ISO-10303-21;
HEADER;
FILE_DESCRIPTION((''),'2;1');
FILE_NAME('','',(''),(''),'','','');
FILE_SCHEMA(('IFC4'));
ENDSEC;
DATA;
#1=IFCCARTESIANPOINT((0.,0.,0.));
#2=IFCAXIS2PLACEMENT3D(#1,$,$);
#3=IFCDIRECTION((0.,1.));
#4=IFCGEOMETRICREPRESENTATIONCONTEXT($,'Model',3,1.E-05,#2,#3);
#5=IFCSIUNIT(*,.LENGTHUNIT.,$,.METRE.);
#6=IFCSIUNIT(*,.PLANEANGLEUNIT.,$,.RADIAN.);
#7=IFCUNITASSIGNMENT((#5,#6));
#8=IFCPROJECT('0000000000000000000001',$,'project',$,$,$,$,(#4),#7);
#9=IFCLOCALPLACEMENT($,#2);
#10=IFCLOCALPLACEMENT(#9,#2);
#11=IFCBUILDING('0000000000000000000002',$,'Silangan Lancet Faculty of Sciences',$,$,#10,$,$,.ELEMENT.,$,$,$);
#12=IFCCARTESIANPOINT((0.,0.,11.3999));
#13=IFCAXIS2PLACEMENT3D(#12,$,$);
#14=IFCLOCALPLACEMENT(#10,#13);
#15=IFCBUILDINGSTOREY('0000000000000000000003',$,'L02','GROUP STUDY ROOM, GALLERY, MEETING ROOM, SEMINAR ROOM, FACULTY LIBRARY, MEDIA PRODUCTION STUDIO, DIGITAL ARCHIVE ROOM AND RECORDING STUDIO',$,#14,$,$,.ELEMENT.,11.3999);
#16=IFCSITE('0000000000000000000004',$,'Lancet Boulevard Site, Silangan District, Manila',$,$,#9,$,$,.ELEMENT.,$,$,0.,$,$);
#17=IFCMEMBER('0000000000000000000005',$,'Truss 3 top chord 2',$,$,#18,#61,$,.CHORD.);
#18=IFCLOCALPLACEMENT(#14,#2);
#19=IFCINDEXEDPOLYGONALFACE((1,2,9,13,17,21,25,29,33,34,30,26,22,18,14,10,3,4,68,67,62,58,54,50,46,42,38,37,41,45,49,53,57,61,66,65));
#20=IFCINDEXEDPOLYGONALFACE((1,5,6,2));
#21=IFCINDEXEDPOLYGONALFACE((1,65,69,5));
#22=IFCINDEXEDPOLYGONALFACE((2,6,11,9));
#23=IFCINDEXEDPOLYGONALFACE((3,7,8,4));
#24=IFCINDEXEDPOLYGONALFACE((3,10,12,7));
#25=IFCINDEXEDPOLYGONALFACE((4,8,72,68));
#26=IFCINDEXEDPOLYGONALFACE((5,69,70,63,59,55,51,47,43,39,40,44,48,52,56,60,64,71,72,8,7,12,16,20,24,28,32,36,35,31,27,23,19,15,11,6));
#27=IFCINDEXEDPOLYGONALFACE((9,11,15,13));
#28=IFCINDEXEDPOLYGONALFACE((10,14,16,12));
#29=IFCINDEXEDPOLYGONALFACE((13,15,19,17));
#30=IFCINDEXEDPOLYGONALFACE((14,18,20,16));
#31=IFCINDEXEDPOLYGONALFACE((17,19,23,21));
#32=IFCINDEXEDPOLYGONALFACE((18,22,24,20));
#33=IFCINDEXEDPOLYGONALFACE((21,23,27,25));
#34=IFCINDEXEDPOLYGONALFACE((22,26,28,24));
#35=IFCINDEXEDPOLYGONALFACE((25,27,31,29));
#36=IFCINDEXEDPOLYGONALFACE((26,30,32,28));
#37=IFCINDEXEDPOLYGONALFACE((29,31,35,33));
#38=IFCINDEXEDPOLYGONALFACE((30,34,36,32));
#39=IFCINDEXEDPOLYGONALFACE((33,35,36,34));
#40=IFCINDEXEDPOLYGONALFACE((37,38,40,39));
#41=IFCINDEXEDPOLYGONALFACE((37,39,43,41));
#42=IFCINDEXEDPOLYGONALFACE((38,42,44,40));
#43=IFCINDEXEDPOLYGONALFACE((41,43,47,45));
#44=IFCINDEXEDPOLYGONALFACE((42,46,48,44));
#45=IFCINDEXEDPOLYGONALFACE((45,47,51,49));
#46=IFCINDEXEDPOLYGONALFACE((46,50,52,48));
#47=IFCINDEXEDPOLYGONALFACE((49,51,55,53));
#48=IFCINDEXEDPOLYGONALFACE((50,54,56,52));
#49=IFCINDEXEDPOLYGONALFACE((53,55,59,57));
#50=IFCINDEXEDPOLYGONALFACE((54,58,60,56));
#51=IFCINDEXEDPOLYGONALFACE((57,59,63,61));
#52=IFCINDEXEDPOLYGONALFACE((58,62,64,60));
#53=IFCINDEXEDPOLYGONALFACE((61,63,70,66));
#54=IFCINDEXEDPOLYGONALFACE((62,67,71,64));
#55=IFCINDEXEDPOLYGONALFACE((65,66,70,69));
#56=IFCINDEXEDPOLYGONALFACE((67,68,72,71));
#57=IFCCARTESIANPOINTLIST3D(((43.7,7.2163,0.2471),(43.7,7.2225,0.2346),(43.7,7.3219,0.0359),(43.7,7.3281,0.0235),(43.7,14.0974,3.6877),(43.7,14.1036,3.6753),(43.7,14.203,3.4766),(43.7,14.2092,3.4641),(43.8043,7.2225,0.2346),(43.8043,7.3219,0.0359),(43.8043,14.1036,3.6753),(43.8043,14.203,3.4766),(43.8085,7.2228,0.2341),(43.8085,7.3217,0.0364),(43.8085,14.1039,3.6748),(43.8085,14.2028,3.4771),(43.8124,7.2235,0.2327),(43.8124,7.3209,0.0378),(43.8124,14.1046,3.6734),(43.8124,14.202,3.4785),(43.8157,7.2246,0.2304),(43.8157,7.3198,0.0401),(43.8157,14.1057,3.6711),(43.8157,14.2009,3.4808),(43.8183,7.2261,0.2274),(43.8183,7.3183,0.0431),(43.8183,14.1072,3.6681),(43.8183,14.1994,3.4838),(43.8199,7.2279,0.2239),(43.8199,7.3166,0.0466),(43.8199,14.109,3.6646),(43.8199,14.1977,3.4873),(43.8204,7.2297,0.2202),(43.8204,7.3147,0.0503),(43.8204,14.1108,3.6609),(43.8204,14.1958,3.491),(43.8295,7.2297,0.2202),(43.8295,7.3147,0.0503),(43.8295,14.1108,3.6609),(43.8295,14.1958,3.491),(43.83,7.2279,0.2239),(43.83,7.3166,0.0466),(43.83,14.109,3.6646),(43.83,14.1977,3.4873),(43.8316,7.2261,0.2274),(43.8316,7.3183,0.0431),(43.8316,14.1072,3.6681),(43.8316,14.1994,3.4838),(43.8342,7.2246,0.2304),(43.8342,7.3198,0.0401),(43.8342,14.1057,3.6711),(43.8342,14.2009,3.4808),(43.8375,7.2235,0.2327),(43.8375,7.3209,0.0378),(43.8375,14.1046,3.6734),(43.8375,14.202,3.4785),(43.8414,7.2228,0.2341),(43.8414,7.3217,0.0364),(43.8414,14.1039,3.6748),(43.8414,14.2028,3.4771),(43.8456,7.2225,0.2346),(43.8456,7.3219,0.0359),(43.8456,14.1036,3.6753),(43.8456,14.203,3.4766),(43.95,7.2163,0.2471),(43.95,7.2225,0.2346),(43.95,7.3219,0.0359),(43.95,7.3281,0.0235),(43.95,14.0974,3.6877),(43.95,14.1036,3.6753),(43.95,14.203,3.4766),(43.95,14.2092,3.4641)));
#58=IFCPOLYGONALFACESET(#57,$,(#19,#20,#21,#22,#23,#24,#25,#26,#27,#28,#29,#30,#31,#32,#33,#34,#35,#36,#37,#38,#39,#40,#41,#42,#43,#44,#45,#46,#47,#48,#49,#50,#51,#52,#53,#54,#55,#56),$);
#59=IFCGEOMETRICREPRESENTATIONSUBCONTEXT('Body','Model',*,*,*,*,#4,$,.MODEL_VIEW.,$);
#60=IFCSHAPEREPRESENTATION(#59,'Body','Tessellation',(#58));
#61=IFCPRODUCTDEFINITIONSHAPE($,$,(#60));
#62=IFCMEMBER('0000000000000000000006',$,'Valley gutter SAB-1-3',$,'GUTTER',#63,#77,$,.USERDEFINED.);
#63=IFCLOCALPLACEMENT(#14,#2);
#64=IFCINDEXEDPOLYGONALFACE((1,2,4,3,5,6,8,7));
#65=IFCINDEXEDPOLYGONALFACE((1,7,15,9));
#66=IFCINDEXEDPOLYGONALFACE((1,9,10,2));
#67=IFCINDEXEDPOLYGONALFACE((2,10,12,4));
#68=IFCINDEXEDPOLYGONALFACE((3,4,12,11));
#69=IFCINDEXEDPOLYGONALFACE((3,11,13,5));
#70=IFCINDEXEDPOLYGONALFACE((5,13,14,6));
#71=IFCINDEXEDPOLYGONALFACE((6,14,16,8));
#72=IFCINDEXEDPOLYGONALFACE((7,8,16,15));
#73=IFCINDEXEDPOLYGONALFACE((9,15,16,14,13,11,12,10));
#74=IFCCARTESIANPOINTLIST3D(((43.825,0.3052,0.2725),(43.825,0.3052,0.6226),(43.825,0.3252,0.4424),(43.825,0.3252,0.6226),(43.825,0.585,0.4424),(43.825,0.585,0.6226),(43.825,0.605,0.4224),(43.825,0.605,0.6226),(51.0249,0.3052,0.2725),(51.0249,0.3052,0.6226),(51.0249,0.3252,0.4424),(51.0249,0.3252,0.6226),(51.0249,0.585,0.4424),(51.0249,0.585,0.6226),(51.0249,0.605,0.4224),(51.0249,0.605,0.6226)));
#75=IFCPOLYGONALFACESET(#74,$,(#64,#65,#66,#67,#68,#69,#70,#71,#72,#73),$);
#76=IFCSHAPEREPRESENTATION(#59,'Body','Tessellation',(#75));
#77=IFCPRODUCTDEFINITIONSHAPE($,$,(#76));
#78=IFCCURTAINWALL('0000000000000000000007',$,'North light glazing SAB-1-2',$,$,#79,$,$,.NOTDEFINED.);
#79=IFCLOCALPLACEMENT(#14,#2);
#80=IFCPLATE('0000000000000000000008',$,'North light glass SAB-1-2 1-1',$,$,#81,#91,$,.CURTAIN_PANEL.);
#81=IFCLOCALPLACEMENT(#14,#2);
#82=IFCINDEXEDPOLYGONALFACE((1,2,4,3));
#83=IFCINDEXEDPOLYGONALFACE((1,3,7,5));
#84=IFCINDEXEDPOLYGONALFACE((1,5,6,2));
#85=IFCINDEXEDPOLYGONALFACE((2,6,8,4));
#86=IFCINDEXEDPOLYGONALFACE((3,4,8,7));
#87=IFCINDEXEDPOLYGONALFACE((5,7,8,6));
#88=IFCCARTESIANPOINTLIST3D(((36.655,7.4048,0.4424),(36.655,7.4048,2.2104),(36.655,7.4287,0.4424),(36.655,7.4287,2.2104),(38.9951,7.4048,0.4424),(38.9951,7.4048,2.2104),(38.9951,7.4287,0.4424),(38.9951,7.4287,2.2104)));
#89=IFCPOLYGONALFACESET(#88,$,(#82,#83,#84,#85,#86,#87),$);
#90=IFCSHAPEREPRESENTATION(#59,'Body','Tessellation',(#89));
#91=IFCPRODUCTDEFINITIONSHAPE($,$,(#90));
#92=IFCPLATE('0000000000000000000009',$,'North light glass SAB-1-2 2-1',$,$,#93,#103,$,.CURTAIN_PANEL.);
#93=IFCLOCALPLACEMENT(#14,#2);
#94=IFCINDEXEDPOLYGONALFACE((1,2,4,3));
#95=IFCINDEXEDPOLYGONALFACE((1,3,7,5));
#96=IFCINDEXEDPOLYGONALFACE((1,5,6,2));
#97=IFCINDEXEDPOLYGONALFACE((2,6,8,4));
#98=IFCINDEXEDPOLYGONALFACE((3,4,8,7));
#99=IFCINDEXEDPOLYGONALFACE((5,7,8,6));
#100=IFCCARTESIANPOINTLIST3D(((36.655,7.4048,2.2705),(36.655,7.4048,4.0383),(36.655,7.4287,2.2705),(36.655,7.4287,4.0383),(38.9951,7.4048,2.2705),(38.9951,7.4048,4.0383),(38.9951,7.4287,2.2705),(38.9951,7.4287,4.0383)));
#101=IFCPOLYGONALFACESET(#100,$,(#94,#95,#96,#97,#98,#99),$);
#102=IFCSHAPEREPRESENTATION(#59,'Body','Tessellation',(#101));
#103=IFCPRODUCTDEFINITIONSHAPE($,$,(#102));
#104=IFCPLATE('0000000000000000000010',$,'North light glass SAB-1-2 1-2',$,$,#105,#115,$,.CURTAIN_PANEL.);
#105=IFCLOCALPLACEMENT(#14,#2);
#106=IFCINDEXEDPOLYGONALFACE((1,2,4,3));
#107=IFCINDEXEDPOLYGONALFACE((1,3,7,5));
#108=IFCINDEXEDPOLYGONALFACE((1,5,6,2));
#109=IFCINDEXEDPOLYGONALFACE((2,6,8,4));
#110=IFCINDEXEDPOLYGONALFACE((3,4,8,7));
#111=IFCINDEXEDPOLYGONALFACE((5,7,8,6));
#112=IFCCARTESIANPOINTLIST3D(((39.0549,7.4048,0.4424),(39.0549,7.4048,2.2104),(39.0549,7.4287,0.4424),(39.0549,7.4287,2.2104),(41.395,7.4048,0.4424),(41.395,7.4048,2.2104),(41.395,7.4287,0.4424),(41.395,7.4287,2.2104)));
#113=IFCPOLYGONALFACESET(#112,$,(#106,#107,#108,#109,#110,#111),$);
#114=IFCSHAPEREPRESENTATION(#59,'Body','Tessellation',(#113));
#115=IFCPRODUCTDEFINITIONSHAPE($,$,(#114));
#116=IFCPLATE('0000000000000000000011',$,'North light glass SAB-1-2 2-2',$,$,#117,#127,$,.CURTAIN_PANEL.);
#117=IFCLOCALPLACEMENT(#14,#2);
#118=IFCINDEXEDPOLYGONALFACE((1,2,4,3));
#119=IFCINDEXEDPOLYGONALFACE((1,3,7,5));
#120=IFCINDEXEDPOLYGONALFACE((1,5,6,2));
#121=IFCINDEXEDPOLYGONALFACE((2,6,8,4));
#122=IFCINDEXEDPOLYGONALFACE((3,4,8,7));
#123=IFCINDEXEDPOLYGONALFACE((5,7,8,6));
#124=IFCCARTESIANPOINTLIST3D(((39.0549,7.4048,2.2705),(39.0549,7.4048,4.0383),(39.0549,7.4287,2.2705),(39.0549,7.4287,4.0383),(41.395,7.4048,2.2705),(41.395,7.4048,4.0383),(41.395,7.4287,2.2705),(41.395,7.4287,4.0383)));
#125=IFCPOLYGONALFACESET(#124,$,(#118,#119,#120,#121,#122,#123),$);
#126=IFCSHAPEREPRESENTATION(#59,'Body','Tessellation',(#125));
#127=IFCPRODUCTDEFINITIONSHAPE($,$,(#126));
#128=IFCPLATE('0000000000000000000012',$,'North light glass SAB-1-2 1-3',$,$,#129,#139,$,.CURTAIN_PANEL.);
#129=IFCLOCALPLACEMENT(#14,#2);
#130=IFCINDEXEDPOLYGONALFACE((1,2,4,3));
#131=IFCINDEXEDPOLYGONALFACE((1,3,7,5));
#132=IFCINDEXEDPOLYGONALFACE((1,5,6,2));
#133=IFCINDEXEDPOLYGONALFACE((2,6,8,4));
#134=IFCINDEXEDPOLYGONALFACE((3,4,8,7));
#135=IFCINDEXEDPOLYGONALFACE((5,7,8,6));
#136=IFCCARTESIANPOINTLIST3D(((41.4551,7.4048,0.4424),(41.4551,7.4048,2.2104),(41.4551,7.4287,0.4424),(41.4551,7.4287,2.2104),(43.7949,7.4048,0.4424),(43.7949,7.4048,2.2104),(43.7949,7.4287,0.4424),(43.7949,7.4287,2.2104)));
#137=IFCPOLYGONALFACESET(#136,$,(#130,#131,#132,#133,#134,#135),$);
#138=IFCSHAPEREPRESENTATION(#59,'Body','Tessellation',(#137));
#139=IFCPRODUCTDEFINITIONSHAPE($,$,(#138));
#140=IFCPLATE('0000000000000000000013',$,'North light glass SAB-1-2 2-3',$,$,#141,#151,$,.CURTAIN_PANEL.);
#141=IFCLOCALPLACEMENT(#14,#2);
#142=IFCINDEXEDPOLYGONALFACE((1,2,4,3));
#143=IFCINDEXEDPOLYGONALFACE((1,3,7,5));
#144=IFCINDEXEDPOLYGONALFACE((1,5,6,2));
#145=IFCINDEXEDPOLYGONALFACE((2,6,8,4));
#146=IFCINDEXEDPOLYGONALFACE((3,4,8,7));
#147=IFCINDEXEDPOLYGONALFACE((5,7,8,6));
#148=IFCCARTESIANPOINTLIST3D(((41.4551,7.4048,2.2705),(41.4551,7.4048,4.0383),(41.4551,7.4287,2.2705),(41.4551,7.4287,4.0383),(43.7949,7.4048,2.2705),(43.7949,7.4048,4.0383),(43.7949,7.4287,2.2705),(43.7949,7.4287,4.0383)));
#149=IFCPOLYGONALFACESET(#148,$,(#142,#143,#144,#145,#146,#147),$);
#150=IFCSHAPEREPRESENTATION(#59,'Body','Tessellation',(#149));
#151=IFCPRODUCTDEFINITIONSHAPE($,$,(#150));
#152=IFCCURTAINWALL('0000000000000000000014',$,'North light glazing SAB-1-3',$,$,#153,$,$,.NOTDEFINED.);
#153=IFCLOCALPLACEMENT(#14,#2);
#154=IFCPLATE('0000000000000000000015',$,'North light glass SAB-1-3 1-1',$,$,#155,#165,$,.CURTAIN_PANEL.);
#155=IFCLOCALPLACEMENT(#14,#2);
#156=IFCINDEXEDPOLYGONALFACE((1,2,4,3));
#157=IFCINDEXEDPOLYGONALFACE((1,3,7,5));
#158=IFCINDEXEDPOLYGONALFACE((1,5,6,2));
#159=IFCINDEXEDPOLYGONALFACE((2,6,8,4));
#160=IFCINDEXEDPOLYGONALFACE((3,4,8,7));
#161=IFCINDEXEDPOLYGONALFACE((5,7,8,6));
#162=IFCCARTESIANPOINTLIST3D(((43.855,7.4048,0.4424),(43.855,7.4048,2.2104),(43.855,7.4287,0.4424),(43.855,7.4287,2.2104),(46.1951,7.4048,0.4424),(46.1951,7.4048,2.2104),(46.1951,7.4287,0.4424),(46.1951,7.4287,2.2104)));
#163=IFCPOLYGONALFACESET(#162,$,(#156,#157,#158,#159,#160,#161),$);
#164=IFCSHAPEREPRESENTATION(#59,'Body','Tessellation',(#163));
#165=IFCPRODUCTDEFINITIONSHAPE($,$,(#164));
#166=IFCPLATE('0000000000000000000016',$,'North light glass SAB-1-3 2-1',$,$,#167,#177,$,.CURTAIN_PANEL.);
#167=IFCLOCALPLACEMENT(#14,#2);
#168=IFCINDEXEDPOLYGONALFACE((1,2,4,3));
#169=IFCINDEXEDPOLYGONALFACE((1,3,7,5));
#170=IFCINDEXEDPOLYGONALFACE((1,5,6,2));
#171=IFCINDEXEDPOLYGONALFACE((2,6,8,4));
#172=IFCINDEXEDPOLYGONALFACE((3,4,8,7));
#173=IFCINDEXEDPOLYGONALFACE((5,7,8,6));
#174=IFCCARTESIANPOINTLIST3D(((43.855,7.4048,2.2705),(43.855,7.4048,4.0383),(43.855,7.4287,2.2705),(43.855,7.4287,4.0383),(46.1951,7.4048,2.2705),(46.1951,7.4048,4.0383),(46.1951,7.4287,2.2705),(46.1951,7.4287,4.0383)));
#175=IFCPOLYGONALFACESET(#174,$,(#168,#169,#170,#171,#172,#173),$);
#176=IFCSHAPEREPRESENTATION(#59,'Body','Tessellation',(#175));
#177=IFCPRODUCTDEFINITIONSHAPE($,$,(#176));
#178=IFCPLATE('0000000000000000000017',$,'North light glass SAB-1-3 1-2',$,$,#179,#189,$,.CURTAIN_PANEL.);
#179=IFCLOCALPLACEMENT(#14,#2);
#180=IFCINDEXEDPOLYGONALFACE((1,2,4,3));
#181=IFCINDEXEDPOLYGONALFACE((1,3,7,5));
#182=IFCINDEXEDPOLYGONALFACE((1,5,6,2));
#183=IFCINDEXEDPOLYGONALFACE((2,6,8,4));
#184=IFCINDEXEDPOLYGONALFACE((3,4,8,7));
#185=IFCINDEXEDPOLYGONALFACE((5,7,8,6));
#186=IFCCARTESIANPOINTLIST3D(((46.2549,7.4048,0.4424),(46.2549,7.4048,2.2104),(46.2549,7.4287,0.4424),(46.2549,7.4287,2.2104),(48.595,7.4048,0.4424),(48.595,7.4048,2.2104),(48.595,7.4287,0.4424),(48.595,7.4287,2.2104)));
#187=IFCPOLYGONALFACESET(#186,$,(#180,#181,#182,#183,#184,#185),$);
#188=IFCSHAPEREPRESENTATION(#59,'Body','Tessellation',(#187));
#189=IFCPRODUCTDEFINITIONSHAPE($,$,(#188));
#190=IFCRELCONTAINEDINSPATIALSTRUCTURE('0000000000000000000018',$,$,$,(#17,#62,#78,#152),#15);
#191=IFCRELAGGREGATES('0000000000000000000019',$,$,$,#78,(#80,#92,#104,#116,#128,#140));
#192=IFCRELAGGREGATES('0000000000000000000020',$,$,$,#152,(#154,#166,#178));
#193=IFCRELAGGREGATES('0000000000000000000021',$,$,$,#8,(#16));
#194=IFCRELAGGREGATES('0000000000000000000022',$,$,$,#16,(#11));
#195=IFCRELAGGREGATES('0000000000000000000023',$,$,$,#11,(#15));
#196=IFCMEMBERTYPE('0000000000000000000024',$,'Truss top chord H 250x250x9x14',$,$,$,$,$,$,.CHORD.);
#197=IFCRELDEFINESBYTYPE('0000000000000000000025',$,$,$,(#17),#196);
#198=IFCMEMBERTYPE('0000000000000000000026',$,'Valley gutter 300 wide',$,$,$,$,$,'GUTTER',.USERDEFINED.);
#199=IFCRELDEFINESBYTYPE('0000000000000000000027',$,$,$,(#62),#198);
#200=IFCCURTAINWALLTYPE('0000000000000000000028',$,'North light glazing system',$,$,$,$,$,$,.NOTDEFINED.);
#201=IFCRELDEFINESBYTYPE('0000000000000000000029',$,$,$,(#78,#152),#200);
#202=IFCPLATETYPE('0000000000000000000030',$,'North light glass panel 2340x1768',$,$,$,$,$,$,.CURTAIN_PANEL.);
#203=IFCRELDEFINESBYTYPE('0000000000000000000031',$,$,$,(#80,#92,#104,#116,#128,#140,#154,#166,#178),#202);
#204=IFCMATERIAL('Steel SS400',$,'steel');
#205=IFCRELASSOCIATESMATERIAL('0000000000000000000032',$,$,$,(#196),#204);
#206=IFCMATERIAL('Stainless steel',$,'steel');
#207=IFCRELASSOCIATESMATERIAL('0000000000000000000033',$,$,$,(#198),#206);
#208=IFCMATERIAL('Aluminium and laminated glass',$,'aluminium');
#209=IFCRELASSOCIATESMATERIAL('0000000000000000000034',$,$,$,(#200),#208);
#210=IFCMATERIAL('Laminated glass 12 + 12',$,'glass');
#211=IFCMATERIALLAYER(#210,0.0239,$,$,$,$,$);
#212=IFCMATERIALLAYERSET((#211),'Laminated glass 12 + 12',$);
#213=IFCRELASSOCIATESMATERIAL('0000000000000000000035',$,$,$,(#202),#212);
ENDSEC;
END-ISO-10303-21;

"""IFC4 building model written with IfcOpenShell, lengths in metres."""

from ifc_helpers import new_model, si_unit, direction, frame, origin, origin_2d, place, context, subcontext, project, spatial, polyline, i_section, outline, extrude, material, layer, layer_set, material_profile, profile_set, type_object, element, aggregate, save


model = new_model("IFC4")

# Units and contexts
model_context = context("Model", 3, precision=1e-05, world=origin(), true_north=direction((0.0, 1.0)))
body_context = subcontext(model_context, "Body", "Model", "MODEL_VIEW")
ifc_project = project(units=[si_unit("LENGTHUNIT", "METRE"), si_unit("PLANEANGLEUNIT", "RADIAN")], contexts=[model_context])

# Site, building, storey
site_placement = place(None, origin())
site = spatial("IfcSite", under=ifc_project, at=site_placement, Name="Lancet Boulevard Site, Silangan District, Manila", CompositionType="ELEMENT", RefElevation=0.0)
building_placement = place(site_placement, origin())
building = spatial("IfcBuilding", under=site, at=building_placement, Name="Silangan Lancet Faculty of Sciences", CompositionType="ELEMENT")
storey_placement = place(building_placement, frame((0.0, 0.0, 11.3999)))
storey = spatial("IfcBuildingStorey", under=building, at=storey_placement, Name="L02", Description="GROUP STUDY ROOM, GALLERY, MEETING ROOM, SEMINAR ROOM, FACULTY LIBRARY, MEDIA PRODUCTION STUDIO, DIGITAL ARCHIVE ROOM AND RECORDING STUDIO", CompositionType="ELEMENT", Elevation=11.3999)

# Members
ifc_material_1 = material(Name="Steel SS400", Category="steel")
ifc_material_profile_1 = material_profile(ifc_material_1, i_section(OverallWidth=0.25, OverallDepth=0.25, WebThickness=0.009, FlangeThickness=0.0139, FilletRadius=0.0161, at=origin_2d()), Name="H 250x250x9x14")
ifc_profile_set_1 = profile_set([ifc_material_profile_1], Name="Steel SS400")
member_type_1 = type_object("IfcMemberType", Name="Truss top chord H 250x250x9x14", PredefinedType="CHORD", material=ifc_profile_set_1)
for number, where, z_axis, x_axis, name in (
    (1, (43.825, 7.2722, 0.1353), (0.0, 0.894421, 0.447226), (-1.0, 0.0, 0.0), "Truss 3 top chord 2"),
):
    element("IfcMember", number, at=place(storey_placement, frame(where, z_axis=z_axis, x_axis=x_axis)), inside=storey, type_object=member_type_1, Name=name, PredefinedType="CHORD", context=body_context, shape_type="SweptSolid", body=[
        extrude(i_section(OverallWidth=0.25, OverallDepth=0.25, WebThickness=0.009, FlangeThickness=0.0139, FilletRadius=0.0161, at=origin_2d()), origin(), (0.0, 0.0, 1.0), 7.6934),
    ])
ifc_material_2 = material(Name="Stainless steel", Category="steel")
ifc_material_profile_2 = material_profile(ifc_material_2, outline(polyline([(-0.1499, 0.0), (0.1499, 0.1499), (0.1499, 0.3501), (0.1299, 0.3501), (0.1299, 0.1699), (-0.1299, 0.1699), (-0.1299, 0.3501), (-0.1499, 0.3501), (-0.1499, 0.0)])), Name="valley gutter")
ifc_profile_set_2 = profile_set([ifc_material_profile_2], Name="Stainless steel")
member_type_2 = type_object("IfcMemberType", Name="Valley gutter 300 wide", ElementType="GUTTER", PredefinedType="USERDEFINED", material=ifc_profile_set_2)
member_1_placement = place(storey_placement, frame((43.825, 0.4551, 0.2725), z_axis=(1.0, 0.0, 0.0), x_axis=(0.0, 1.0, 0.0)))
element("IfcMember", 2, at=member_1_placement, inside=storey, type_object=member_type_2, Name="Valley gutter SAB-1-3", ObjectType="GUTTER", PredefinedType="USERDEFINED", context=body_context, shape_type="SweptSolid", body=[
    extrude(outline(polyline([(-0.1499, 0.0), (0.1499, 0.1499), (0.1499, 0.3501), (0.1299, 0.3501), (0.1299, 0.1699), (-0.1299, 0.1699), (-0.1299, 0.3501), (-0.1499, 0.3501), (-0.1499, 0.0)])), origin(), (0.0, 0.0, 1.0), 7.2),
])

# Curtain walls, plates
ifc_material_3 = material(Name="Aluminium and laminated glass", Category="aluminium")
curtain_wall_type = type_object("IfcCurtainWallType", Name="North light glazing system", PredefinedType="NOTDEFINED", material=ifc_material_3)
curtain_wall_1_placement = place(storey_placement, origin())
curtain_wall_1 = element("IfcCurtainWall", 3, at=curtain_wall_1_placement, inside=storey, type_object=curtain_wall_type, Name="North light glazing SAB-1-2", PredefinedType="NOTDEFINED")
ifc_material_4 = material(Name="Laminated glass 12 + 12", Category="glass")
ifc_layer_1 = layer(ifc_material_4, 0.0239)
ifc_layer_set_1 = layer_set([ifc_layer_1], Name="Laminated glass 12 + 12")
plate_type = type_object("IfcPlateType", Name="North light glass panel 2340x1768", PredefinedType="CURTAIN_PANEL", material=ifc_layer_set_1)
plate_1_placement = place(storey_placement, frame((36.655, 7.4048, 0.4424), z_axis=(0.0, -1.0, 0.0), x_axis=(1.0, 0.0, 0.0)))
plate_1 = element("IfcPlate", 4, at=plate_1_placement, type_object=plate_type, Name="North light glass SAB-1-2 1-1", PredefinedType="CURTAIN_PANEL", context=body_context, shape_type="SweptSolid", body=[
    extrude(outline(polyline([(0.0, 0.0), (2.3401, 0.0), (2.3401, 1.7681), (0.0, 1.7681), (0.0, 0.0)])), origin(), (0.0, 0.0, -1.0), 0.0239),
])
plate_2_placement = place(storey_placement, frame((36.655, 7.4048, 2.2705), z_axis=(0.0, -1.0, 0.0), x_axis=(1.0, 0.0, 0.0)))
plate_2 = element("IfcPlate", 5, at=plate_2_placement, type_object=plate_type, Name="North light glass SAB-1-2 2-1", PredefinedType="CURTAIN_PANEL", context=body_context, shape_type="SweptSolid", body=[
    extrude(outline(polyline([(0.0, 0.0), (2.3401, 0.0), (2.3401, 1.7678), (0.0, 1.7678), (0.0, 0.0)])), origin(), (0.0, 0.0, -1.0), 0.0239),
])
plate_3_placement = place(storey_placement, frame((39.0549, 7.4048, 0.4424), z_axis=(0.0, -1.0, 0.0), x_axis=(1.0, 0.0, 0.0)))
plate_3 = element("IfcPlate", 6, at=plate_3_placement, type_object=plate_type, Name="North light glass SAB-1-2 1-2", PredefinedType="CURTAIN_PANEL", context=body_context, shape_type="SweptSolid", body=[
    extrude(outline(polyline([(0.0, 0.0), (2.3401, 0.0), (2.3401, 1.7681), (0.0, 1.7681), (0.0, 0.0)])), origin(), (0.0, 0.0, -1.0), 0.0239),
])
plate_4_placement = place(storey_placement, frame((39.0549, 7.4048, 2.2705), z_axis=(0.0, -1.0, 0.0), x_axis=(1.0, 0.0, 0.0)))
plate_4 = element("IfcPlate", 7, at=plate_4_placement, type_object=plate_type, Name="North light glass SAB-1-2 2-2", PredefinedType="CURTAIN_PANEL", context=body_context, shape_type="SweptSolid", body=[
    extrude(outline(polyline([(0.0, 0.0), (2.3401, 0.0), (2.3401, 1.7678), (0.0, 1.7678), (0.0, 0.0)])), origin(), (0.0, 0.0, -1.0), 0.0239),
])
plate_5_placement = place(storey_placement, frame((41.4551, 7.4048, 0.4424), z_axis=(0.0, -1.0, 0.0), x_axis=(1.0, 0.0, 0.0)))
plate_5 = element("IfcPlate", 8, at=plate_5_placement, type_object=plate_type, Name="North light glass SAB-1-2 1-3", PredefinedType="CURTAIN_PANEL", context=body_context, shape_type="SweptSolid", body=[
    extrude(outline(polyline([(0.0, 0.0), (2.3398, 0.0), (2.3398, 1.7681), (0.0, 1.7681), (0.0, 0.0)])), origin(), (0.0, 0.0, -1.0), 0.0239),
])
plate_6_placement = place(storey_placement, frame((41.4551, 7.4048, 2.2705), z_axis=(0.0, -1.0, 0.0), x_axis=(1.0, 0.0, 0.0)))
plate_6 = element("IfcPlate", 9, at=plate_6_placement, type_object=plate_type, Name="North light glass SAB-1-2 2-3", PredefinedType="CURTAIN_PANEL", context=body_context, shape_type="SweptSolid", body=[
    extrude(outline(polyline([(0.0, 0.0), (2.3398, 0.0), (2.3398, 1.7678), (0.0, 1.7678), (0.0, 0.0)])), origin(), (0.0, 0.0, -1.0), 0.0239),
])
aggregate(curtain_wall_1, [plate_1, plate_2, plate_3, plate_4, plate_5, plate_6])
curtain_wall_2_placement = place(storey_placement, origin())
curtain_wall_2 = element("IfcCurtainWall", 10, at=curtain_wall_2_placement, inside=storey, type_object=curtain_wall_type, Name="North light glazing SAB-1-3", PredefinedType="NOTDEFINED")
plate_7_placement = place(storey_placement, frame((43.855, 7.4048, 0.4424), z_axis=(0.0, -1.0, 0.0), x_axis=(1.0, 0.0, 0.0)))
plate_7 = element("IfcPlate", 11, at=plate_7_placement, type_object=plate_type, Name="North light glass SAB-1-3 1-1", PredefinedType="CURTAIN_PANEL", context=body_context, shape_type="SweptSolid", body=[
    extrude(outline(polyline([(0.0, 0.0), (2.3401, 0.0), (2.3401, 1.7681), (0.0, 1.7681), (0.0, 0.0)])), origin(), (0.0, 0.0, -1.0), 0.0239),
])
plate_8_placement = place(storey_placement, frame((43.855, 7.4048, 2.2705), z_axis=(0.0, -1.0, 0.0), x_axis=(1.0, 0.0, 0.0)))
plate_8 = element("IfcPlate", 12, at=plate_8_placement, type_object=plate_type, Name="North light glass SAB-1-3 2-1", PredefinedType="CURTAIN_PANEL", context=body_context, shape_type="SweptSolid", body=[
    extrude(outline(polyline([(0.0, 0.0), (2.3401, 0.0), (2.3401, 1.7678), (0.0, 1.7678), (0.0, 0.0)])), origin(), (0.0, 0.0, -1.0), 0.0239),
])
plate_9_placement = place(storey_placement, frame((46.2549, 7.4048, 0.4424), z_axis=(0.0, -1.0, 0.0), x_axis=(1.0, 0.0, 0.0)))
plate_9 = element("IfcPlate", 13, at=plate_9_placement, type_object=plate_type, Name="North light glass SAB-1-3 1-2", PredefinedType="CURTAIN_PANEL", context=body_context, shape_type="SweptSolid", body=[
    extrude(outline(polyline([(0.0, 0.0), (2.3401, 0.0), (2.3401, 1.7681), (0.0, 1.7681), (0.0, 0.0)])), origin(), (0.0, 0.0, -1.0), 0.0239),
])
aggregate(curtain_wall_2, [plate_7, plate_8, plate_9])

save(model, "model.ifc")
